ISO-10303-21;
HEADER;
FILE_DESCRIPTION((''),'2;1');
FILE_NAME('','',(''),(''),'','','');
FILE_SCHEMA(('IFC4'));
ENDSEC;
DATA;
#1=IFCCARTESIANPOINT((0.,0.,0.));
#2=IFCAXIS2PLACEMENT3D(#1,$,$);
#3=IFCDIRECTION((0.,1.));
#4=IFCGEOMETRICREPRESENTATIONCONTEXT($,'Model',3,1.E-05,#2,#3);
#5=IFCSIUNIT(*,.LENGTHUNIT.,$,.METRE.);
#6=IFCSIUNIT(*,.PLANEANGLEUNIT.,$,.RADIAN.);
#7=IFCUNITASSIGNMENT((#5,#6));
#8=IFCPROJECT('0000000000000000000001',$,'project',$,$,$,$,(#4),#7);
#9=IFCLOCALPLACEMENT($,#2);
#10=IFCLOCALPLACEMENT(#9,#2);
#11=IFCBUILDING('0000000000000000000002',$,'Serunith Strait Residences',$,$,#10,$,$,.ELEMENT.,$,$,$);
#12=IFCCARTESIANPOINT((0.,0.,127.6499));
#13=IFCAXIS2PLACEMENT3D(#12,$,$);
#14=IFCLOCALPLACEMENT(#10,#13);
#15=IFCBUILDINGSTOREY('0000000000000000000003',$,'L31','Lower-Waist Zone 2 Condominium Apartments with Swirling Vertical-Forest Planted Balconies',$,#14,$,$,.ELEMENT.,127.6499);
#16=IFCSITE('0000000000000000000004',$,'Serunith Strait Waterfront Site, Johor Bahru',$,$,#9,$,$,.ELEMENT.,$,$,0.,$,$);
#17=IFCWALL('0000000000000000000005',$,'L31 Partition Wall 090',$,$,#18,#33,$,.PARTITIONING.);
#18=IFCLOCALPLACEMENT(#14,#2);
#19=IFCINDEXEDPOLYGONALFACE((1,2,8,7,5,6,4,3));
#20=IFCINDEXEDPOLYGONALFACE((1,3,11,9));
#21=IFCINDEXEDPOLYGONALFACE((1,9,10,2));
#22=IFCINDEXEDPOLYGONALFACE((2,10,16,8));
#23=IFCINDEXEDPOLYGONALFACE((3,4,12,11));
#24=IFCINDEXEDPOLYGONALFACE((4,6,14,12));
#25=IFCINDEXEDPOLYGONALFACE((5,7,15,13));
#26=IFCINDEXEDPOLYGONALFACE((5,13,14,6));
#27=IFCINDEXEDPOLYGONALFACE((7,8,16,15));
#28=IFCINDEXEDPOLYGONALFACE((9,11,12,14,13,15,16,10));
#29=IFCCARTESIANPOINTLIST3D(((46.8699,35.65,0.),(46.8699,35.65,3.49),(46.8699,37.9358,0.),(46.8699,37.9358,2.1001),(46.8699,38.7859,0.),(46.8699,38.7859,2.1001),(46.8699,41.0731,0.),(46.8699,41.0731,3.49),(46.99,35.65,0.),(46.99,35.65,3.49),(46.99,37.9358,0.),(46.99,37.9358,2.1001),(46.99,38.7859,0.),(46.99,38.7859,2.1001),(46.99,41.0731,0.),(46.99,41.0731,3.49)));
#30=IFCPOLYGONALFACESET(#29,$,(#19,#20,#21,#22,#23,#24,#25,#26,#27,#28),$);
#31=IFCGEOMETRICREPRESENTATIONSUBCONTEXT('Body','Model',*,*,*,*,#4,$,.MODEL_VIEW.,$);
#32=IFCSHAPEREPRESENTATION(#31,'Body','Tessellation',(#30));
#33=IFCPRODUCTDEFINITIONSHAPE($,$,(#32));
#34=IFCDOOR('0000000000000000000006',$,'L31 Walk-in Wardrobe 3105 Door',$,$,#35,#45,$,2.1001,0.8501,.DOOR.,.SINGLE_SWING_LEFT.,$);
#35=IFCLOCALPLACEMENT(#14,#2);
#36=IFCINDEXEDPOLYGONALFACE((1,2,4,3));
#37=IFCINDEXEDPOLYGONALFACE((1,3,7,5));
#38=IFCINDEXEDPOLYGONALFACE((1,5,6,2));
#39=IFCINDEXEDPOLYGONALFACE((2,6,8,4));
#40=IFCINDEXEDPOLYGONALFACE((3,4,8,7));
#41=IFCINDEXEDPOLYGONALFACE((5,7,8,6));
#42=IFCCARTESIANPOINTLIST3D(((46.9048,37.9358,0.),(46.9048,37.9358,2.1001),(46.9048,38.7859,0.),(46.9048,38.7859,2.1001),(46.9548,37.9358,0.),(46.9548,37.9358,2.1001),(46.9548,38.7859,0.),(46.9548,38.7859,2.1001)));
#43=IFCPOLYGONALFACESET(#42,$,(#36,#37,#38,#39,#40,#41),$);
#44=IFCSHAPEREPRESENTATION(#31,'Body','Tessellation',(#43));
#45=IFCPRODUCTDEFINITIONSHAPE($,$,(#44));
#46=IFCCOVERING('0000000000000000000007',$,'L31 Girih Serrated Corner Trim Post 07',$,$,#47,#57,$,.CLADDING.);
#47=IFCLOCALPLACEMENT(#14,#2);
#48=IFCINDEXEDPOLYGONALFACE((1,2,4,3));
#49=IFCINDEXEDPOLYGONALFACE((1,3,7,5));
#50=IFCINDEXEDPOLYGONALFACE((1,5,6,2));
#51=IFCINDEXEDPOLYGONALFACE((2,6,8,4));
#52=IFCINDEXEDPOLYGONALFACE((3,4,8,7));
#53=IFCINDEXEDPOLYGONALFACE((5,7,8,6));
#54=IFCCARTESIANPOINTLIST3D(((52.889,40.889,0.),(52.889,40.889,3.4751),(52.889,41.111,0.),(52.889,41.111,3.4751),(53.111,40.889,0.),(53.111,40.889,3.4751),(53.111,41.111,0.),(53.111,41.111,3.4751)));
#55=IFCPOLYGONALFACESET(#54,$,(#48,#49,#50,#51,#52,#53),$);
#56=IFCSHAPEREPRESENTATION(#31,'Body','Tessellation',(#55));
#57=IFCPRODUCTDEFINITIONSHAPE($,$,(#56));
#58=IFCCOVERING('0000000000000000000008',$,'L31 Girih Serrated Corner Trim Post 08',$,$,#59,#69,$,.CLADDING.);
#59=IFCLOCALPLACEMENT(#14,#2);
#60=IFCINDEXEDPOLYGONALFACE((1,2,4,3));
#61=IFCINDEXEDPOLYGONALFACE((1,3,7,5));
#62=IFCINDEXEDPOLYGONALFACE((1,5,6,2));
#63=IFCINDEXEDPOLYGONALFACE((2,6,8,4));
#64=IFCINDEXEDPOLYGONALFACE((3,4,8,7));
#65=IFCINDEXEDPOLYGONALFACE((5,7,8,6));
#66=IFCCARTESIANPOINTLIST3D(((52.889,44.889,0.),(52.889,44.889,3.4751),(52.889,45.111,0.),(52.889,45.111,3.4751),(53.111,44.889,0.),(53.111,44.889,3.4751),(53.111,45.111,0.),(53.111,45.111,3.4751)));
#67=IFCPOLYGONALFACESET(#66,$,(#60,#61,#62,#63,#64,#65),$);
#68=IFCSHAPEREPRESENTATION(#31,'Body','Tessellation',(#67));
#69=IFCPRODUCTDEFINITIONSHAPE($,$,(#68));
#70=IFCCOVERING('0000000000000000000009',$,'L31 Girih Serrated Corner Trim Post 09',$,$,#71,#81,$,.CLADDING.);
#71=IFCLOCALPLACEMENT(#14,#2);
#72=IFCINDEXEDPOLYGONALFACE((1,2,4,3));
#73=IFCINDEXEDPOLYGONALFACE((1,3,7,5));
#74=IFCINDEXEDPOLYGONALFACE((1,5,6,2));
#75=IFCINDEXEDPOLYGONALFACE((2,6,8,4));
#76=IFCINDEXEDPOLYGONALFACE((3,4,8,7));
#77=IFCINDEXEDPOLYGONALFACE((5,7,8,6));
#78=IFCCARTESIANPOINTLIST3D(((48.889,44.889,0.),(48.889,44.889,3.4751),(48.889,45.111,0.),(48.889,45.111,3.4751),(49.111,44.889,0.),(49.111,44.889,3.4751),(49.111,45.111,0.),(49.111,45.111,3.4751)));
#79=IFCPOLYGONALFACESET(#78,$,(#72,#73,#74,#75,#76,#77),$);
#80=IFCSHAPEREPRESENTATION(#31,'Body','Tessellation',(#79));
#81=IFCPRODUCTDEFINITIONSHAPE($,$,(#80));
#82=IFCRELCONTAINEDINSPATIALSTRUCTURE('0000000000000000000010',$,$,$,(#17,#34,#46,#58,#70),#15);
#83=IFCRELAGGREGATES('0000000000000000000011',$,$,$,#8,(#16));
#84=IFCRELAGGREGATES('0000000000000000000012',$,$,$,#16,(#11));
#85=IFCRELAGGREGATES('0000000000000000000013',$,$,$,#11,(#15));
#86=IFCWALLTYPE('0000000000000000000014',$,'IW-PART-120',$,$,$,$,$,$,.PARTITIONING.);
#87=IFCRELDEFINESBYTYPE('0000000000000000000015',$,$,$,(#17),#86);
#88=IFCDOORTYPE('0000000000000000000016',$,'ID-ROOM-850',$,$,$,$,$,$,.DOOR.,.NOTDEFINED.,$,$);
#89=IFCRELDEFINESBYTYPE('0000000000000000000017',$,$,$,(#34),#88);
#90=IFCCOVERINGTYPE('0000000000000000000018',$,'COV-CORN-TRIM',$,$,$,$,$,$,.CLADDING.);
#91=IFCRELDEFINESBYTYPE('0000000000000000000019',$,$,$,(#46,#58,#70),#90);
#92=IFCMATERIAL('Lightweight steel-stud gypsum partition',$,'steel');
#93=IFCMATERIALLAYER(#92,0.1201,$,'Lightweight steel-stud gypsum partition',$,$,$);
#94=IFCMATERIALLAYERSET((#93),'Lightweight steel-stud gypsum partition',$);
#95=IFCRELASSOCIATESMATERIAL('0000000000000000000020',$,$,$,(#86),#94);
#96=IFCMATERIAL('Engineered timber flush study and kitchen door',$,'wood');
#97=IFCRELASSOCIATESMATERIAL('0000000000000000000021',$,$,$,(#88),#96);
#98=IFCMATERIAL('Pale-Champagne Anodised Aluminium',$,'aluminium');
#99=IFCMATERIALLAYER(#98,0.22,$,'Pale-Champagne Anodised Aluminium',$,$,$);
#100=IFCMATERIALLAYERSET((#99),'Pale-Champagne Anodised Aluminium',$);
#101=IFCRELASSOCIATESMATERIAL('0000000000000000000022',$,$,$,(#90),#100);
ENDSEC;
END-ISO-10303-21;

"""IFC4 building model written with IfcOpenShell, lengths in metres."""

from ifc_helpers import new_model, si_unit, direction, frame, frame_2d, origin, origin_2d, place, context, subcontext, project, spatial, rectangle, extrude, source, transform, mapped, material, layer, layer_set, type_object, element, fill, save


model = new_model("IFC4")

# Units and contexts
model_context = context("Model", 3, precision=1e-05, world=origin(), true_north=direction((0.0, 1.0)))
body_context = subcontext(model_context, "Body", "Model", "MODEL_VIEW")
ifc_project = project(units=[si_unit("LENGTHUNIT", "METRE"), si_unit("PLANEANGLEUNIT", "RADIAN")], contexts=[model_context])

# Site, building, storey
site_placement = place(None, origin())
site = spatial("IfcSite", under=ifc_project, at=site_placement, Name="Serunith Strait Waterfront Site, Johor Bahru", CompositionType="ELEMENT", RefElevation=0.0)
building_placement = place(site_placement, origin())
building = spatial("IfcBuilding", under=site, at=building_placement, Name="Serunith Strait Residences", CompositionType="ELEMENT")
storey_placement = place(building_placement, frame((0.0, 0.0, 127.6499)))
storey = spatial("IfcBuildingStorey", under=building, at=storey_placement, Name="L31", Description="Lower-Waist Zone 2 Condominium Apartments with Swirling Vertical-Forest Planted Balconies", CompositionType="ELEMENT", Elevation=127.6499)

# Shared definitions
ifc_material_1 = material(Name="Pale-Champagne Anodised Aluminium", Category="aluminium")

# Shared definitions
ifc_material_2 = material(Name="Lightweight steel-stud gypsum partition", Category="steel")
ifc_layer_1 = layer(ifc_material_2, 0.1201, Name="Lightweight steel-stud gypsum partition")
ifc_layer_set_1 = layer_set([ifc_layer_1], Name="Lightweight steel-stud gypsum partition")
wall_type_1 = type_object("IfcWallType", Name="IW-PART-120", PredefinedType="PARTITIONING", material=ifc_layer_set_1)

# Wall, opening, door
wall_1_placement = place(storey_placement, frame((46.9299, 41.073, 0.0), z_axis=(0.0, 0.0, 1.0), x_axis=(0.0, -1.0, 0.0)))
wall_1 = element("IfcWall", 1, at=wall_1_placement, inside=storey, type_object=wall_type_1, Name="L31 Partition Wall 090", PredefinedType="PARTITIONING", context=body_context, shape_type="SweptSolid", body=[
    extrude(rectangle(XDim=5.4231, YDim=0.1201, at=frame_2d((2.7114, 0.0))), origin(), (0.0, 0.0, 1.0), 3.49),
])
opening_1_placement = place(wall_1_placement, frame((2.2871, 0.0, 0.0)))
opening_1 = element("IfcOpeningElement", 2, at=opening_1_placement, cuts=wall_1, PredefinedType="OPENING", context=body_context, shape_type="SweptSolid", body=[
    extrude(rectangle(XDim=0.8501, YDim=2.1001, at=frame_2d((0.425, 1.05))), frame((0.0, 0.0701, 0.0), z_axis=(0.0, -1.0, 0.0), x_axis=(1.0, 0.0, 0.0)), (0.0, 0.0, 1.0), 0.1401),
])
ifc_material_3 = material(Name="Engineered timber flush study and kitchen door", Category="wood")
door_type_1 = type_object("IfcDoorType", Name="ID-ROOM-850", OperationType="NOTDEFINED", PredefinedType="DOOR", material=ifc_material_3)
shared_shape_1 = source(origin(), body_context, "Body", "SweptSolid", [
    extrude(rectangle(XDim=0.8501, YDim=2.1001, at=frame_2d((0.425, 1.05))), frame((0.0, 0.0249, 0.0), z_axis=(0.0, -1.0, 0.0), x_axis=(1.0, 0.0, 0.0)), (0.0, 0.0, 1.0), 0.05),
])
door_1_placement = place(opening_1_placement, origin())
door_1 = element("IfcDoor", 3, at=door_1_placement, inside=storey, type_object=door_type_1, Name="L31 Walk-in Wardrobe 3105 Door", OperationType="SINGLE_SWING_LEFT", OverallHeight=2.1001, OverallWidth=0.8501, PredefinedType="DOOR", context=body_context, shape_type="MappedRepresentation", body=[
    mapped(shared_shape_1, transform((0.0, 0.0, 0.0), scale=1.0)),
])
fill(opening_1, door_1)

# Coverings
ifc_layer_2 = layer(ifc_material_1, 0.22, Name="Pale-Champagne Anodised Aluminium")
ifc_layer_set_2 = layer_set([ifc_layer_2], Name="Pale-Champagne Anodised Aluminium")
covering_type = type_object("IfcCoveringType", Name="COV-CORN-TRIM", PredefinedType="CLADDING", material=ifc_layer_set_2)
shared_shape_2 = source(origin(), body_context, "Body", "SweptSolid", [
    extrude(rectangle(XDim=0.2219, YDim=0.2219, at=origin_2d()), origin(), (0.0, 0.0, 1.0), 3.4751),
])
for number, where, z_axis, x_axis, name in (
    (4, (53.0, 41.0, 0.0), (0.0, 0.0, 1.0), (1.0, 0.0, 0.0), "L31 Girih Serrated Corner Trim Post 07"),
    (5, (53.0, 45.0, 0.0), (0.0, 0.0, 1.0), (1.0, 0.0, 0.0), "L31 Girih Serrated Corner Trim Post 08"),
    (6, (49.0, 45.0, 0.0), (0.0, 0.0, 1.0), (1.0, 0.0, 0.0), "L31 Girih Serrated Corner Trim Post 09"),
):
    element("IfcCovering", number, at=place(storey_placement, frame(where, z_axis=z_axis, x_axis=x_axis)), inside=storey, type_object=covering_type, Name=name, PredefinedType="CLADDING", context=body_context, shape_type="MappedRepresentation", body=[
        mapped(shared_shape_2, transform((0.0, 0.0, 0.0), scale=1.0)),
    ])

save(model, "model.ifc")
